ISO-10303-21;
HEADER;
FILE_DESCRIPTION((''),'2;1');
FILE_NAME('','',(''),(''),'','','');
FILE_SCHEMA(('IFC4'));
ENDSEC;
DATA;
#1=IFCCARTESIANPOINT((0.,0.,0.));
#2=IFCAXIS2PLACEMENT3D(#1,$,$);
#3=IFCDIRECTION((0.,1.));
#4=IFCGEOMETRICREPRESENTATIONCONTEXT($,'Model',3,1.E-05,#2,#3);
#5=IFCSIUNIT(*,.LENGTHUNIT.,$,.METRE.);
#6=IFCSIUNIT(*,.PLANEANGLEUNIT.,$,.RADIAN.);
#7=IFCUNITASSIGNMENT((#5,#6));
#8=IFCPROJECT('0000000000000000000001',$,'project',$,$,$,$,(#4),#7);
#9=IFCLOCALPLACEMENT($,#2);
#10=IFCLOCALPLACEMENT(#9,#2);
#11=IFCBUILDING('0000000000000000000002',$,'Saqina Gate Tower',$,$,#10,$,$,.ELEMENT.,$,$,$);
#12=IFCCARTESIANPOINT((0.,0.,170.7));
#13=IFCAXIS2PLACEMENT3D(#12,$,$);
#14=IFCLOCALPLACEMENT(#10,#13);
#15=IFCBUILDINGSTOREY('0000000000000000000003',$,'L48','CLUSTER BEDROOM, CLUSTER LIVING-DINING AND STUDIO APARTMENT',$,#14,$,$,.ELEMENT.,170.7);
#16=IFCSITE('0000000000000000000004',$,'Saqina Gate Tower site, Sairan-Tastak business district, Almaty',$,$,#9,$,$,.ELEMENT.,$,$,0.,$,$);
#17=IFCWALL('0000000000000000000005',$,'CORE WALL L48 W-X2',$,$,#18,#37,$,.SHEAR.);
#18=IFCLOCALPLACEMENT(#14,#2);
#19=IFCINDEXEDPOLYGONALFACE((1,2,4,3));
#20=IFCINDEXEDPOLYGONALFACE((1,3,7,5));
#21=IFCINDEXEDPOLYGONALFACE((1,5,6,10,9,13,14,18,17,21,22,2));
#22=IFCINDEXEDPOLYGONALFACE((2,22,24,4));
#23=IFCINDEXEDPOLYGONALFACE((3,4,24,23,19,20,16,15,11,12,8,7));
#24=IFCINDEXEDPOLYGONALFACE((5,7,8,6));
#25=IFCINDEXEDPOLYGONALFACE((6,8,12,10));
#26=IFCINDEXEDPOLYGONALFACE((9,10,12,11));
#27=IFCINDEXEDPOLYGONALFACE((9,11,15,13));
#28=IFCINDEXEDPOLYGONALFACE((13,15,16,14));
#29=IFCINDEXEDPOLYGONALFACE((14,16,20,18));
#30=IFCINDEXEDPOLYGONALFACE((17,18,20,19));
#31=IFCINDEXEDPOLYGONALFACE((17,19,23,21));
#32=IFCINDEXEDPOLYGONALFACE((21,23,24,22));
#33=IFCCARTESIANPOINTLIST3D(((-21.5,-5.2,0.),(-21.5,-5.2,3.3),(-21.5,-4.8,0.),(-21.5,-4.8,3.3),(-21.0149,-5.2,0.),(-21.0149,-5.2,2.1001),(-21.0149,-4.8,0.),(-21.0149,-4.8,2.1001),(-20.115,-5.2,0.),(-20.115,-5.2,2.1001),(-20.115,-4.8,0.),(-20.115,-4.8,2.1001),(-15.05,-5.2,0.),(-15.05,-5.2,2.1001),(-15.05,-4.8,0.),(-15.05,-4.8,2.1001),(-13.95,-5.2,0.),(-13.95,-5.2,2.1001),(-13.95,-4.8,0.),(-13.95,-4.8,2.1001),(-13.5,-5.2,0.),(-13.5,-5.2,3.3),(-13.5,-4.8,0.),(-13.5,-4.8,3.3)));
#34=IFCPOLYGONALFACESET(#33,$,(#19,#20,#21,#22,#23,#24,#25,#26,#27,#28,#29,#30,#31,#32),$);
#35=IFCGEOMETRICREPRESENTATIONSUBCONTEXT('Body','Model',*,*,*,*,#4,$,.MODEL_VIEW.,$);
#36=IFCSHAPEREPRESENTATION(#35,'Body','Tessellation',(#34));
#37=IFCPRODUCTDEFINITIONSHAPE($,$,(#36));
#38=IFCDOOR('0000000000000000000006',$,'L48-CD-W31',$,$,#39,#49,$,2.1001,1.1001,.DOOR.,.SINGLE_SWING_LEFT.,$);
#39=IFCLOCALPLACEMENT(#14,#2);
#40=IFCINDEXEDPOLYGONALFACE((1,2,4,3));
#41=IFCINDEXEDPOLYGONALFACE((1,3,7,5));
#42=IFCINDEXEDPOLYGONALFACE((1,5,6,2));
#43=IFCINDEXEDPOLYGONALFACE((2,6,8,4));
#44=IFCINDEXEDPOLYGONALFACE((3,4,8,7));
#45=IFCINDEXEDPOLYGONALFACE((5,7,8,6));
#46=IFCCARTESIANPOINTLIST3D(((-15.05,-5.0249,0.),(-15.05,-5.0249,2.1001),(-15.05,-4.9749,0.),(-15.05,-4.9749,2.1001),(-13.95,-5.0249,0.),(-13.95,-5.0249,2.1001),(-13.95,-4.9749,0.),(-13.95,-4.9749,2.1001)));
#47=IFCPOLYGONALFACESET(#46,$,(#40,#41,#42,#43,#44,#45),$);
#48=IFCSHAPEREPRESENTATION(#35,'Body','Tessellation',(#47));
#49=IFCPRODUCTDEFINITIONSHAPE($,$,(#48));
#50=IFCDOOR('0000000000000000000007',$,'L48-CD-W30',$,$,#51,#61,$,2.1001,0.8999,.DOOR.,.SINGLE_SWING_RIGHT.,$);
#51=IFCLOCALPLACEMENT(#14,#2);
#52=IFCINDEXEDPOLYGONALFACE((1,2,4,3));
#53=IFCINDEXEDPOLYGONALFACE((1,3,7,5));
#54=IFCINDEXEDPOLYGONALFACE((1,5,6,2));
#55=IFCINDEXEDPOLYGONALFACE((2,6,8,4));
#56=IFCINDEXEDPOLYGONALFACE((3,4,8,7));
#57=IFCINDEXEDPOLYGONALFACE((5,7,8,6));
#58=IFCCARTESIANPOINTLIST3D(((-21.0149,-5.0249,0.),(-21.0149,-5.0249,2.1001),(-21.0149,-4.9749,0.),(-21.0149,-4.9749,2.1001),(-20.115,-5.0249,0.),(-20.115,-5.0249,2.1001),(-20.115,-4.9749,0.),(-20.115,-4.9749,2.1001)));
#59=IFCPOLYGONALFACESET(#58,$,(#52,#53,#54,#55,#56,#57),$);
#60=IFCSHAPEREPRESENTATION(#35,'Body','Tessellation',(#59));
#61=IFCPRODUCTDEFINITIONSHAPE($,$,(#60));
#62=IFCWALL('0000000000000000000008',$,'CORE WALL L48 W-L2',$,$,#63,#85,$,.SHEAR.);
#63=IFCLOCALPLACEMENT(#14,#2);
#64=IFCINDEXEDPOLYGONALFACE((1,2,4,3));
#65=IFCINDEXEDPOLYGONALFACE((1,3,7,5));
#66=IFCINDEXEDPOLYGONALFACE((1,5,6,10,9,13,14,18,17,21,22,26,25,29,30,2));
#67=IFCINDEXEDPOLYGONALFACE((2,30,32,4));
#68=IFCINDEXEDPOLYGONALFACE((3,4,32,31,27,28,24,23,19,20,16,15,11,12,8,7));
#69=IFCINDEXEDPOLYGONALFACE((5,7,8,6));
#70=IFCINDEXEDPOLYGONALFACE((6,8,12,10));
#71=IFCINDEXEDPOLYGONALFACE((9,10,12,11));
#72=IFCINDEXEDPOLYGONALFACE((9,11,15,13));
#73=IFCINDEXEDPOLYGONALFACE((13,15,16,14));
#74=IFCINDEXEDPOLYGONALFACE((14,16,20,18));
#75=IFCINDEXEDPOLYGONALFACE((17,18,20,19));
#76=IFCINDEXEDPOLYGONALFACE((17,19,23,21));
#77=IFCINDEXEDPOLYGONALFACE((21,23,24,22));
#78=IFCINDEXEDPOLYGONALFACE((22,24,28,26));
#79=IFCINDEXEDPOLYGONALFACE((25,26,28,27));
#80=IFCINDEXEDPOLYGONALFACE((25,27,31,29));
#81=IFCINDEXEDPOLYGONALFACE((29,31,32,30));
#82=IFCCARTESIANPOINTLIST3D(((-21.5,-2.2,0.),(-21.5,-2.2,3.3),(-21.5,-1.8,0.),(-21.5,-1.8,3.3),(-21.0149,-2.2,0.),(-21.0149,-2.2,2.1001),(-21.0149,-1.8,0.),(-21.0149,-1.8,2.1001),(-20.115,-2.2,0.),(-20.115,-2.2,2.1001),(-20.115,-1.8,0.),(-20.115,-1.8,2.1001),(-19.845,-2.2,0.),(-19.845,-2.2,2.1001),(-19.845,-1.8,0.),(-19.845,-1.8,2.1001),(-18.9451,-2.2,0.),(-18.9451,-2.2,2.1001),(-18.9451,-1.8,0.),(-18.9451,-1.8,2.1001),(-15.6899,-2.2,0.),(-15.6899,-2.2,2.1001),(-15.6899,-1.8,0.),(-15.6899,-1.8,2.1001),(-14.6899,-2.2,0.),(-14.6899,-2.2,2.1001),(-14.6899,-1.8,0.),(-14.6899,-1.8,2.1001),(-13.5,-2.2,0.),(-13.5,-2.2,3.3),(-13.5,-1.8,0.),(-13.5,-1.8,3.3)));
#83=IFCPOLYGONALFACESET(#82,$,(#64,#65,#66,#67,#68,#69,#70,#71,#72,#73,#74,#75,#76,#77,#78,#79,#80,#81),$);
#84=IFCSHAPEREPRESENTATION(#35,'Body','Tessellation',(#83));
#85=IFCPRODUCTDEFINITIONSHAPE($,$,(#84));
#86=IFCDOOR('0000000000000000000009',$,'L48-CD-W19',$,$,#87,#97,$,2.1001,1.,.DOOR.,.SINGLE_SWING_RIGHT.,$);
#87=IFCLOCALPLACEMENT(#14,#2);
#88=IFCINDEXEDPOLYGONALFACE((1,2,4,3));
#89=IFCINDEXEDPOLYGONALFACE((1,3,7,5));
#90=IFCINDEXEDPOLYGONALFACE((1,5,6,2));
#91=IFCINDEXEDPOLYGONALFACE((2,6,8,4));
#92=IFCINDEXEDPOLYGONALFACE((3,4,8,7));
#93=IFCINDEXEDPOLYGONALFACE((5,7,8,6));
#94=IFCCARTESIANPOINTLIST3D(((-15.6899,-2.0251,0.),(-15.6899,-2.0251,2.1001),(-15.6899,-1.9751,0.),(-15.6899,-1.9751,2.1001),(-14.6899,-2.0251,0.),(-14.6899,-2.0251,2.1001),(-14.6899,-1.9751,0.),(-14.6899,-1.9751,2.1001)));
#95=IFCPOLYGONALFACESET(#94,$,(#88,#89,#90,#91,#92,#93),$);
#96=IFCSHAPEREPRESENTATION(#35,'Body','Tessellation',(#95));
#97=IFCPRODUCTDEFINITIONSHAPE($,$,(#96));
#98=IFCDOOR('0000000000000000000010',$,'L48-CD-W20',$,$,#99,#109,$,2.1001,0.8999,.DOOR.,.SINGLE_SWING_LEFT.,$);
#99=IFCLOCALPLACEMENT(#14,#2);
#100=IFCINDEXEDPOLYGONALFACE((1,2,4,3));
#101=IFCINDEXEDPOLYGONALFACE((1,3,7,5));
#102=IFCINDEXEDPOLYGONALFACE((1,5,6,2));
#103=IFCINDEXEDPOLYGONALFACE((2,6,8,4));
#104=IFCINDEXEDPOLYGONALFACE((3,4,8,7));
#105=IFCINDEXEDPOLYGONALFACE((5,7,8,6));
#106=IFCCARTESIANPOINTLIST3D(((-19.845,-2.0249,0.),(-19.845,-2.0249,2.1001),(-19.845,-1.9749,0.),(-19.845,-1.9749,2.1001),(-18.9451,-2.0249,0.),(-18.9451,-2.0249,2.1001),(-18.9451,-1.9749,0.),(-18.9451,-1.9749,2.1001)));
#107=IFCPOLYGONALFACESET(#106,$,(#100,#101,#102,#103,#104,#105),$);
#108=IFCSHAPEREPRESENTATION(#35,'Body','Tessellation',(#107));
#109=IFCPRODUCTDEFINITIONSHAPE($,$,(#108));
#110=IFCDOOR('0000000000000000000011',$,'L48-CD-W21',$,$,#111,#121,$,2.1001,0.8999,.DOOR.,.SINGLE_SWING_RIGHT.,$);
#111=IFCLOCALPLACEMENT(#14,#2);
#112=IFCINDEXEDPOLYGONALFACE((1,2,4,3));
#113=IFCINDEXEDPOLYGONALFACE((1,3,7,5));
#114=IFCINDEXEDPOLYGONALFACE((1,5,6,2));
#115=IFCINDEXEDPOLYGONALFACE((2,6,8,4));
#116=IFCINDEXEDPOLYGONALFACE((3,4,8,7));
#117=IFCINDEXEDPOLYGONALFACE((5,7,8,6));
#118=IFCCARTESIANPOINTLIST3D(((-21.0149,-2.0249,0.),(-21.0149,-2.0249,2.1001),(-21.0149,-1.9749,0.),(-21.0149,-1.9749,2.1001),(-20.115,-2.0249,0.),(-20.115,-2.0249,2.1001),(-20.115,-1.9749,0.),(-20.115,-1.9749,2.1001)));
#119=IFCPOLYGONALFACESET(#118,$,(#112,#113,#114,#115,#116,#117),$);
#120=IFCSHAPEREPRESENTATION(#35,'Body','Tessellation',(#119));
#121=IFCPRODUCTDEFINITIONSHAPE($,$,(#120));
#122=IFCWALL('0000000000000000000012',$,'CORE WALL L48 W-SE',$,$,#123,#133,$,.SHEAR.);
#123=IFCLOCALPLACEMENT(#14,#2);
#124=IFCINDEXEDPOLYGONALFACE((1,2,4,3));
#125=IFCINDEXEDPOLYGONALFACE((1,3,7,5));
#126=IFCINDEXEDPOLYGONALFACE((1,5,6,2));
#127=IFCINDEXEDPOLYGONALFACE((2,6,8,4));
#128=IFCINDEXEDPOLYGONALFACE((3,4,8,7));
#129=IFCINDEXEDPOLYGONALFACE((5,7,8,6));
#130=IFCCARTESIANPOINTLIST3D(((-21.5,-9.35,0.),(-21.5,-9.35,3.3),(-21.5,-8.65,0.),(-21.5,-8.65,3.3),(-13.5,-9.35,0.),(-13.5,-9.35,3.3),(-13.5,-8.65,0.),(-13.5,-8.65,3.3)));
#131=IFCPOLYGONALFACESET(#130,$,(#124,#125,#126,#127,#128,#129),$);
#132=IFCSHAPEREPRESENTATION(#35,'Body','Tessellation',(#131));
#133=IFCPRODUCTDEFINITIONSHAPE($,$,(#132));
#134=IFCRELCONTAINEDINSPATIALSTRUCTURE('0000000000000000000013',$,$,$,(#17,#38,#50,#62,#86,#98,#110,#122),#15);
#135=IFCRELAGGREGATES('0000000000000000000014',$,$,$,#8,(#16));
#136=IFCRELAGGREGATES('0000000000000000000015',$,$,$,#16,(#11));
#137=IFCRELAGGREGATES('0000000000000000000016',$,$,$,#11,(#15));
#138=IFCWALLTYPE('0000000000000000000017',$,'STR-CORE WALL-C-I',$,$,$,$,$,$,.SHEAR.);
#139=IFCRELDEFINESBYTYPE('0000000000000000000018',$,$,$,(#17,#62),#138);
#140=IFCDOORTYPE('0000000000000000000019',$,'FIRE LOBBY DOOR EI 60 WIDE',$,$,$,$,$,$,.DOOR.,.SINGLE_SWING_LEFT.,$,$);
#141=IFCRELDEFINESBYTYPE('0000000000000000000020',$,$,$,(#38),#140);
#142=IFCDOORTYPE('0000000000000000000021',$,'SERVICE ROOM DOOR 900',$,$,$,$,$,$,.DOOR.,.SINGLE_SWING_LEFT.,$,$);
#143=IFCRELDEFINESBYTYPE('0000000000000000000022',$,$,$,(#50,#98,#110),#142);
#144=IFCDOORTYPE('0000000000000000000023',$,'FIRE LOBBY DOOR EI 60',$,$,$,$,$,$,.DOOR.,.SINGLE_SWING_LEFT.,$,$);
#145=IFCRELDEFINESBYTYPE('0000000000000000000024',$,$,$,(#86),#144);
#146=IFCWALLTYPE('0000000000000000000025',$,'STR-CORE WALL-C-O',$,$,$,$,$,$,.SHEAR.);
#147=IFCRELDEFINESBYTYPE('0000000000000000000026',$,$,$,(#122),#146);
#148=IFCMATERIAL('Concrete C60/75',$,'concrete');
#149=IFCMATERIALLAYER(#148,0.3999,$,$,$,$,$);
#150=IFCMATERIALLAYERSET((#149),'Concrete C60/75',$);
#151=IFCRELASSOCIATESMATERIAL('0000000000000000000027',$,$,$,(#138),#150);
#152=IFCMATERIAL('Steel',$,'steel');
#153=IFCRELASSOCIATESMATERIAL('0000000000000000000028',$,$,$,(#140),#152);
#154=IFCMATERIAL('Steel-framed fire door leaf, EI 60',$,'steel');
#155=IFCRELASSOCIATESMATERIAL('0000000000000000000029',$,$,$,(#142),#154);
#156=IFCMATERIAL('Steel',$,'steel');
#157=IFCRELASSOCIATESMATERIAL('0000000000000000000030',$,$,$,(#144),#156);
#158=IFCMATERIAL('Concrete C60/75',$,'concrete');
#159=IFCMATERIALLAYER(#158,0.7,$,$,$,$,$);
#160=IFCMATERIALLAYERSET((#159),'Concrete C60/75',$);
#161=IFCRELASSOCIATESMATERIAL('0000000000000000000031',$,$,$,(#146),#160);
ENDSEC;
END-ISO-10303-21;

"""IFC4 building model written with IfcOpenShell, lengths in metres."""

from ifc_helpers import new_model, si_unit, direction, frame, frame_2d, origin, place, context, subcontext, project, spatial, rectangle, extrude, material, layer, layer_set, type_object, element, fill, save


model = new_model("IFC4")

# Units and contexts
model_context = context("Model", 3, precision=1e-05, world=origin(), true_north=direction((0.0, 1.0)))
body_context = subcontext(model_context, "Body", "Model", "MODEL_VIEW")
ifc_project = project(units=[si_unit("LENGTHUNIT", "METRE"), si_unit("PLANEANGLEUNIT", "RADIAN")], contexts=[model_context])

# Site, building, storey
site_placement = place(None, origin())
site = spatial("IfcSite", under=ifc_project, at=site_placement, Name="Saqina Gate Tower site, Sairan-Tastak business district, Almaty", CompositionType="ELEMENT", RefElevation=0.0)
building_placement = place(site_placement, origin())
building = spatial("IfcBuilding", under=site, at=building_placement, Name="Saqina Gate Tower", CompositionType="ELEMENT")
storey_placement = place(building_placement, frame((0.0, 0.0, 170.7)))
storey = spatial("IfcBuildingStorey", under=building, at=storey_placement, Name="L48", Description="CLUSTER BEDROOM, CLUSTER LIVING-DINING AND STUDIO APARTMENT", CompositionType="ELEMENT", Elevation=170.7)

# Walls, openings, doors
ifc_material_1 = material(Name="Concrete C60/75", Category="concrete")
ifc_layer_1 = layer(ifc_material_1, 0.3999)
ifc_layer_set_1 = layer_set([ifc_layer_1], Name="Concrete C60/75")
wall_type_1 = type_object("IfcWallType", Name="STR-CORE WALL-C-I", PredefinedType="SHEAR", material=ifc_layer_set_1)
wall_1_placement = place(storey_placement, frame((-13.5, -5.0, 0.0), z_axis=(0.0, 0.0, 1.0), x_axis=(-1.0, 0.0, 0.0)))
wall_1 = element("IfcWall", 1, at=wall_1_placement, inside=storey, type_object=wall_type_1, Name="CORE WALL L48 W-X2", PredefinedType="SHEAR", context=body_context, shape_type="SweptSolid", body=[
    extrude(rectangle(XDim=8.0, YDim=0.3999, at=frame_2d((4.0, 0.0))), origin(), (0.0, 0.0, 1.0), 3.3),
])
opening_1_placement = place(wall_1_placement, frame((6.615, 0.0, 0.0)))
opening_1 = element("IfcOpeningElement", 2, at=opening_1_placement, cuts=wall_1, PredefinedType="OPENING", context=body_context, shape_type="SweptSolid", body=[
    extrude(rectangle(XDim=0.8999, YDim=2.1001, at=frame_2d((0.45, 1.05))), frame((0.0, 0.2119, 0.0), z_axis=(0.0, -1.0, 0.0), x_axis=(1.0, 0.0, 0.0)), (0.0, 0.0, 1.0), 0.4238),
])
opening_2_placement = place(wall_1_placement, frame((0.45, 0.0, 0.0)))
opening_2 = element("IfcOpeningElement", 3, at=opening_2_placement, cuts=wall_1, PredefinedType="OPENING", context=body_context, shape_type="SweptSolid", body=[
    extrude(rectangle(XDim=1.1001, YDim=2.1001, at=frame_2d((0.55, 1.05))), frame((0.0, 0.2119, 0.0), z_axis=(0.0, -1.0, 0.0), x_axis=(1.0, 0.0, 0.0)), (0.0, 0.0, 1.0), 0.4238),
])
ifc_material_2 = material(Name="Steel", Category="steel")
door_type_1 = type_object("IfcDoorType", Name="FIRE LOBBY DOOR EI 60 WIDE", OperationType="SINGLE_SWING_LEFT", PredefinedType="DOOR", material=ifc_material_2)
door_1_placement = place(opening_2_placement, origin())
door_1 = element("IfcDoor", 4, at=door_1_placement, inside=storey, type_object=door_type_1, Name="L48-CD-W31", OperationType="SINGLE_SWING_LEFT", OverallHeight=2.1001, OverallWidth=1.1001, PredefinedType="DOOR", context=body_context, shape_type="SweptSolid", body=[
    extrude(rectangle(XDim=1.1001, YDim=2.1001, at=frame_2d((0.55, 1.05))), frame((0.0, 0.0249, 0.0), z_axis=(0.0, -1.0, 0.0), x_axis=(1.0, 0.0, 0.0)), (0.0, 0.0, 1.0), 0.05),
])
fill(opening_2, door_1)
ifc_material_3 = material(Name="Steel-framed fire door leaf, EI 60", Category="steel")
door_type_2 = type_object("IfcDoorType", Name="SERVICE ROOM DOOR 900", OperationType="SINGLE_SWING_LEFT", PredefinedType="DOOR", material=ifc_material_3)
door_2_placement = place(opening_1_placement, origin())
door_2 = element("IfcDoor", 5, at=door_2_placement, inside=storey, type_object=door_type_2, Name="L48-CD-W30", OperationType="SINGLE_SWING_RIGHT", OverallHeight=2.1001, OverallWidth=0.8999, PredefinedType="DOOR", context=body_context, shape_type="SweptSolid", body=[
    extrude(rectangle(XDim=0.8999, YDim=2.1001, at=frame_2d((0.45, 1.05))), frame((0.0, 0.0249, 0.0), z_axis=(0.0, -1.0, 0.0), x_axis=(1.0, 0.0, 0.0)), (0.0, 0.0, 1.0), 0.05),
])
fill(opening_1, door_2)
wall_2_placement = place(storey_placement, frame((-13.5, -2.0, 0.0), z_axis=(0.0, 0.0, 1.0), x_axis=(-1.0, 0.0, 0.0)))
wall_2 = element("IfcWall", 6, at=wall_2_placement, inside=storey, type_object=wall_type_1, Name="CORE WALL L48 W-L2", PredefinedType="SHEAR", context=body_context, shape_type="SweptSolid", body=[
    extrude(rectangle(XDim=8.0, YDim=0.3999, at=frame_2d((4.0, 0.0))), origin(), (0.0, 0.0, 1.0), 3.3),
])
opening_3_placement = place(wall_2_placement, frame((1.1899, 0.0, 0.0)))
opening_3 = element("IfcOpeningElement", 7, at=opening_3_placement, cuts=wall_2, PredefinedType="OPENING", context=body_context, shape_type="SweptSolid", body=[
    extrude(rectangle(XDim=1.0, YDim=2.1001, at=frame_2d((0.5, 1.05))), frame((0.0, 0.2119, 0.0), z_axis=(0.0, -1.0, 0.0), x_axis=(1.0, 0.0, 0.0)), (0.0, 0.0, 1.0), 0.4238),
])
opening_4_placement = place(wall_2_placement, frame((5.4451, 0.0, 0.0)))
opening_4 = element("IfcOpeningElement", 8, at=opening_4_placement, cuts=wall_2, PredefinedType="OPENING", context=body_context, shape_type="SweptSolid", body=[
    extrude(rectangle(XDim=0.8999, YDim=2.1001, at=frame_2d((0.45, 1.05))), frame((0.0, 0.2119, 0.0), z_axis=(0.0, -1.0, 0.0), x_axis=(1.0, 0.0, 0.0)), (0.0, 0.0, 1.0), 0.4238),
])
opening_5_placement = place(wall_2_placement, frame((6.615, 0.0, 0.0)))
opening_5 = element("IfcOpeningElement", 9, at=opening_5_placement, cuts=wall_2, PredefinedType="OPENING", context=body_context, shape_type="SweptSolid", body=[
    extrude(rectangle(XDim=0.8999, YDim=2.1001, at=frame_2d((0.45, 1.05))), frame((0.0, 0.2119, 0.0), z_axis=(0.0, -1.0, 0.0), x_axis=(1.0, 0.0, 0.0)), (0.0, 0.0, 1.0), 0.4238),
])
ifc_material_4 = material(Name="Steel", Category="steel")
door_type_3 = type_object("IfcDoorType", Name="FIRE LOBBY DOOR EI 60", OperationType="SINGLE_SWING_LEFT", PredefinedType="DOOR", material=ifc_material_4)
door_3_placement = place(opening_3_placement, frame((1.0, 0.0, 0.0), z_axis=(0.0, 0.0, 1.0), x_axis=(-1.0, 0.0, 0.0)))
door_3 = element("IfcDoor", 10, at=door_3_placement, inside=storey, type_object=door_type_3, Name="L48-CD-W19", OperationType="SINGLE_SWING_RIGHT", OverallHeight=2.1001, OverallWidth=1.0, PredefinedType="DOOR", context=body_context, shape_type="SweptSolid", body=[
    extrude(rectangle(XDim=1.0, YDim=2.1001, at=frame_2d((0.5, 1.05))), frame((0.0, 0.0249, 0.0), z_axis=(0.0, -1.0, 0.0), x_axis=(1.0, 0.0, 0.0)), (0.0, 0.0, 1.0), 0.05),
])
fill(opening_3, door_3)
door_4_placement = place(opening_4_placement, origin())
door_4 = element("IfcDoor", 11, at=door_4_placement, inside=storey, type_object=door_type_2, Name="L48-CD-W20", OperationType="SINGLE_SWING_LEFT", OverallHeight=2.1001, OverallWidth=0.8999, PredefinedType="DOOR", context=body_context, shape_type="SweptSolid", body=[
    extrude(rectangle(XDim=0.8999, YDim=2.1001, at=frame_2d((0.45, 1.05))), frame((0.0, 0.0249, 0.0), z_axis=(0.0, -1.0, 0.0), x_axis=(1.0, 0.0, 0.0)), (0.0, 0.0, 1.0), 0.05),
])
fill(opening_4, door_4)
door_5_placement = place(opening_5_placement, origin())
door_5 = element("IfcDoor", 12, at=door_5_placement, inside=storey, type_object=door_type_2, Name="L48-CD-W21", OperationType="SINGLE_SWING_RIGHT", OverallHeight=2.1001, OverallWidth=0.8999, PredefinedType="DOOR", context=body_context, shape_type="SweptSolid", body=[
    extrude(rectangle(XDim=0.8999, YDim=2.1001, at=frame_2d((0.45, 1.05))), frame((0.0, 0.0249, 0.0), z_axis=(0.0, -1.0, 0.0), x_axis=(1.0, 0.0, 0.0)), (0.0, 0.0, 1.0), 0.05),
])
fill(opening_5, door_5)

# Wall
ifc_material_5 = material(Name="Concrete C60/75", Category="concrete")
ifc_layer_2 = layer(ifc_material_5, 0.7)
ifc_layer_set_2 = layer_set([ifc_layer_2], Name="Concrete C60/75")
wall_type_2 = type_object("IfcWallType", Name="STR-CORE WALL-C-O", PredefinedType="SHEAR", material=ifc_layer_set_2)
wall_3_placement = place(storey_placement, frame((-13.5, -9.0, 0.0), z_axis=(0.0, 0.0, 1.0), x_axis=(-1.0, 0.0, 0.0)))
element("IfcWall", 13, at=wall_3_placement, inside=storey, type_object=wall_type_2, Name="CORE WALL L48 W-SE", PredefinedType="SHEAR", context=body_context, shape_type="SweptSolid", body=[
    extrude(rectangle(XDim=8.0, YDim=0.7, at=frame_2d((4.0, 0.0))), origin(), (0.0, 0.0, 1.0), 3.3),
])

save(model, "model.ifc")
